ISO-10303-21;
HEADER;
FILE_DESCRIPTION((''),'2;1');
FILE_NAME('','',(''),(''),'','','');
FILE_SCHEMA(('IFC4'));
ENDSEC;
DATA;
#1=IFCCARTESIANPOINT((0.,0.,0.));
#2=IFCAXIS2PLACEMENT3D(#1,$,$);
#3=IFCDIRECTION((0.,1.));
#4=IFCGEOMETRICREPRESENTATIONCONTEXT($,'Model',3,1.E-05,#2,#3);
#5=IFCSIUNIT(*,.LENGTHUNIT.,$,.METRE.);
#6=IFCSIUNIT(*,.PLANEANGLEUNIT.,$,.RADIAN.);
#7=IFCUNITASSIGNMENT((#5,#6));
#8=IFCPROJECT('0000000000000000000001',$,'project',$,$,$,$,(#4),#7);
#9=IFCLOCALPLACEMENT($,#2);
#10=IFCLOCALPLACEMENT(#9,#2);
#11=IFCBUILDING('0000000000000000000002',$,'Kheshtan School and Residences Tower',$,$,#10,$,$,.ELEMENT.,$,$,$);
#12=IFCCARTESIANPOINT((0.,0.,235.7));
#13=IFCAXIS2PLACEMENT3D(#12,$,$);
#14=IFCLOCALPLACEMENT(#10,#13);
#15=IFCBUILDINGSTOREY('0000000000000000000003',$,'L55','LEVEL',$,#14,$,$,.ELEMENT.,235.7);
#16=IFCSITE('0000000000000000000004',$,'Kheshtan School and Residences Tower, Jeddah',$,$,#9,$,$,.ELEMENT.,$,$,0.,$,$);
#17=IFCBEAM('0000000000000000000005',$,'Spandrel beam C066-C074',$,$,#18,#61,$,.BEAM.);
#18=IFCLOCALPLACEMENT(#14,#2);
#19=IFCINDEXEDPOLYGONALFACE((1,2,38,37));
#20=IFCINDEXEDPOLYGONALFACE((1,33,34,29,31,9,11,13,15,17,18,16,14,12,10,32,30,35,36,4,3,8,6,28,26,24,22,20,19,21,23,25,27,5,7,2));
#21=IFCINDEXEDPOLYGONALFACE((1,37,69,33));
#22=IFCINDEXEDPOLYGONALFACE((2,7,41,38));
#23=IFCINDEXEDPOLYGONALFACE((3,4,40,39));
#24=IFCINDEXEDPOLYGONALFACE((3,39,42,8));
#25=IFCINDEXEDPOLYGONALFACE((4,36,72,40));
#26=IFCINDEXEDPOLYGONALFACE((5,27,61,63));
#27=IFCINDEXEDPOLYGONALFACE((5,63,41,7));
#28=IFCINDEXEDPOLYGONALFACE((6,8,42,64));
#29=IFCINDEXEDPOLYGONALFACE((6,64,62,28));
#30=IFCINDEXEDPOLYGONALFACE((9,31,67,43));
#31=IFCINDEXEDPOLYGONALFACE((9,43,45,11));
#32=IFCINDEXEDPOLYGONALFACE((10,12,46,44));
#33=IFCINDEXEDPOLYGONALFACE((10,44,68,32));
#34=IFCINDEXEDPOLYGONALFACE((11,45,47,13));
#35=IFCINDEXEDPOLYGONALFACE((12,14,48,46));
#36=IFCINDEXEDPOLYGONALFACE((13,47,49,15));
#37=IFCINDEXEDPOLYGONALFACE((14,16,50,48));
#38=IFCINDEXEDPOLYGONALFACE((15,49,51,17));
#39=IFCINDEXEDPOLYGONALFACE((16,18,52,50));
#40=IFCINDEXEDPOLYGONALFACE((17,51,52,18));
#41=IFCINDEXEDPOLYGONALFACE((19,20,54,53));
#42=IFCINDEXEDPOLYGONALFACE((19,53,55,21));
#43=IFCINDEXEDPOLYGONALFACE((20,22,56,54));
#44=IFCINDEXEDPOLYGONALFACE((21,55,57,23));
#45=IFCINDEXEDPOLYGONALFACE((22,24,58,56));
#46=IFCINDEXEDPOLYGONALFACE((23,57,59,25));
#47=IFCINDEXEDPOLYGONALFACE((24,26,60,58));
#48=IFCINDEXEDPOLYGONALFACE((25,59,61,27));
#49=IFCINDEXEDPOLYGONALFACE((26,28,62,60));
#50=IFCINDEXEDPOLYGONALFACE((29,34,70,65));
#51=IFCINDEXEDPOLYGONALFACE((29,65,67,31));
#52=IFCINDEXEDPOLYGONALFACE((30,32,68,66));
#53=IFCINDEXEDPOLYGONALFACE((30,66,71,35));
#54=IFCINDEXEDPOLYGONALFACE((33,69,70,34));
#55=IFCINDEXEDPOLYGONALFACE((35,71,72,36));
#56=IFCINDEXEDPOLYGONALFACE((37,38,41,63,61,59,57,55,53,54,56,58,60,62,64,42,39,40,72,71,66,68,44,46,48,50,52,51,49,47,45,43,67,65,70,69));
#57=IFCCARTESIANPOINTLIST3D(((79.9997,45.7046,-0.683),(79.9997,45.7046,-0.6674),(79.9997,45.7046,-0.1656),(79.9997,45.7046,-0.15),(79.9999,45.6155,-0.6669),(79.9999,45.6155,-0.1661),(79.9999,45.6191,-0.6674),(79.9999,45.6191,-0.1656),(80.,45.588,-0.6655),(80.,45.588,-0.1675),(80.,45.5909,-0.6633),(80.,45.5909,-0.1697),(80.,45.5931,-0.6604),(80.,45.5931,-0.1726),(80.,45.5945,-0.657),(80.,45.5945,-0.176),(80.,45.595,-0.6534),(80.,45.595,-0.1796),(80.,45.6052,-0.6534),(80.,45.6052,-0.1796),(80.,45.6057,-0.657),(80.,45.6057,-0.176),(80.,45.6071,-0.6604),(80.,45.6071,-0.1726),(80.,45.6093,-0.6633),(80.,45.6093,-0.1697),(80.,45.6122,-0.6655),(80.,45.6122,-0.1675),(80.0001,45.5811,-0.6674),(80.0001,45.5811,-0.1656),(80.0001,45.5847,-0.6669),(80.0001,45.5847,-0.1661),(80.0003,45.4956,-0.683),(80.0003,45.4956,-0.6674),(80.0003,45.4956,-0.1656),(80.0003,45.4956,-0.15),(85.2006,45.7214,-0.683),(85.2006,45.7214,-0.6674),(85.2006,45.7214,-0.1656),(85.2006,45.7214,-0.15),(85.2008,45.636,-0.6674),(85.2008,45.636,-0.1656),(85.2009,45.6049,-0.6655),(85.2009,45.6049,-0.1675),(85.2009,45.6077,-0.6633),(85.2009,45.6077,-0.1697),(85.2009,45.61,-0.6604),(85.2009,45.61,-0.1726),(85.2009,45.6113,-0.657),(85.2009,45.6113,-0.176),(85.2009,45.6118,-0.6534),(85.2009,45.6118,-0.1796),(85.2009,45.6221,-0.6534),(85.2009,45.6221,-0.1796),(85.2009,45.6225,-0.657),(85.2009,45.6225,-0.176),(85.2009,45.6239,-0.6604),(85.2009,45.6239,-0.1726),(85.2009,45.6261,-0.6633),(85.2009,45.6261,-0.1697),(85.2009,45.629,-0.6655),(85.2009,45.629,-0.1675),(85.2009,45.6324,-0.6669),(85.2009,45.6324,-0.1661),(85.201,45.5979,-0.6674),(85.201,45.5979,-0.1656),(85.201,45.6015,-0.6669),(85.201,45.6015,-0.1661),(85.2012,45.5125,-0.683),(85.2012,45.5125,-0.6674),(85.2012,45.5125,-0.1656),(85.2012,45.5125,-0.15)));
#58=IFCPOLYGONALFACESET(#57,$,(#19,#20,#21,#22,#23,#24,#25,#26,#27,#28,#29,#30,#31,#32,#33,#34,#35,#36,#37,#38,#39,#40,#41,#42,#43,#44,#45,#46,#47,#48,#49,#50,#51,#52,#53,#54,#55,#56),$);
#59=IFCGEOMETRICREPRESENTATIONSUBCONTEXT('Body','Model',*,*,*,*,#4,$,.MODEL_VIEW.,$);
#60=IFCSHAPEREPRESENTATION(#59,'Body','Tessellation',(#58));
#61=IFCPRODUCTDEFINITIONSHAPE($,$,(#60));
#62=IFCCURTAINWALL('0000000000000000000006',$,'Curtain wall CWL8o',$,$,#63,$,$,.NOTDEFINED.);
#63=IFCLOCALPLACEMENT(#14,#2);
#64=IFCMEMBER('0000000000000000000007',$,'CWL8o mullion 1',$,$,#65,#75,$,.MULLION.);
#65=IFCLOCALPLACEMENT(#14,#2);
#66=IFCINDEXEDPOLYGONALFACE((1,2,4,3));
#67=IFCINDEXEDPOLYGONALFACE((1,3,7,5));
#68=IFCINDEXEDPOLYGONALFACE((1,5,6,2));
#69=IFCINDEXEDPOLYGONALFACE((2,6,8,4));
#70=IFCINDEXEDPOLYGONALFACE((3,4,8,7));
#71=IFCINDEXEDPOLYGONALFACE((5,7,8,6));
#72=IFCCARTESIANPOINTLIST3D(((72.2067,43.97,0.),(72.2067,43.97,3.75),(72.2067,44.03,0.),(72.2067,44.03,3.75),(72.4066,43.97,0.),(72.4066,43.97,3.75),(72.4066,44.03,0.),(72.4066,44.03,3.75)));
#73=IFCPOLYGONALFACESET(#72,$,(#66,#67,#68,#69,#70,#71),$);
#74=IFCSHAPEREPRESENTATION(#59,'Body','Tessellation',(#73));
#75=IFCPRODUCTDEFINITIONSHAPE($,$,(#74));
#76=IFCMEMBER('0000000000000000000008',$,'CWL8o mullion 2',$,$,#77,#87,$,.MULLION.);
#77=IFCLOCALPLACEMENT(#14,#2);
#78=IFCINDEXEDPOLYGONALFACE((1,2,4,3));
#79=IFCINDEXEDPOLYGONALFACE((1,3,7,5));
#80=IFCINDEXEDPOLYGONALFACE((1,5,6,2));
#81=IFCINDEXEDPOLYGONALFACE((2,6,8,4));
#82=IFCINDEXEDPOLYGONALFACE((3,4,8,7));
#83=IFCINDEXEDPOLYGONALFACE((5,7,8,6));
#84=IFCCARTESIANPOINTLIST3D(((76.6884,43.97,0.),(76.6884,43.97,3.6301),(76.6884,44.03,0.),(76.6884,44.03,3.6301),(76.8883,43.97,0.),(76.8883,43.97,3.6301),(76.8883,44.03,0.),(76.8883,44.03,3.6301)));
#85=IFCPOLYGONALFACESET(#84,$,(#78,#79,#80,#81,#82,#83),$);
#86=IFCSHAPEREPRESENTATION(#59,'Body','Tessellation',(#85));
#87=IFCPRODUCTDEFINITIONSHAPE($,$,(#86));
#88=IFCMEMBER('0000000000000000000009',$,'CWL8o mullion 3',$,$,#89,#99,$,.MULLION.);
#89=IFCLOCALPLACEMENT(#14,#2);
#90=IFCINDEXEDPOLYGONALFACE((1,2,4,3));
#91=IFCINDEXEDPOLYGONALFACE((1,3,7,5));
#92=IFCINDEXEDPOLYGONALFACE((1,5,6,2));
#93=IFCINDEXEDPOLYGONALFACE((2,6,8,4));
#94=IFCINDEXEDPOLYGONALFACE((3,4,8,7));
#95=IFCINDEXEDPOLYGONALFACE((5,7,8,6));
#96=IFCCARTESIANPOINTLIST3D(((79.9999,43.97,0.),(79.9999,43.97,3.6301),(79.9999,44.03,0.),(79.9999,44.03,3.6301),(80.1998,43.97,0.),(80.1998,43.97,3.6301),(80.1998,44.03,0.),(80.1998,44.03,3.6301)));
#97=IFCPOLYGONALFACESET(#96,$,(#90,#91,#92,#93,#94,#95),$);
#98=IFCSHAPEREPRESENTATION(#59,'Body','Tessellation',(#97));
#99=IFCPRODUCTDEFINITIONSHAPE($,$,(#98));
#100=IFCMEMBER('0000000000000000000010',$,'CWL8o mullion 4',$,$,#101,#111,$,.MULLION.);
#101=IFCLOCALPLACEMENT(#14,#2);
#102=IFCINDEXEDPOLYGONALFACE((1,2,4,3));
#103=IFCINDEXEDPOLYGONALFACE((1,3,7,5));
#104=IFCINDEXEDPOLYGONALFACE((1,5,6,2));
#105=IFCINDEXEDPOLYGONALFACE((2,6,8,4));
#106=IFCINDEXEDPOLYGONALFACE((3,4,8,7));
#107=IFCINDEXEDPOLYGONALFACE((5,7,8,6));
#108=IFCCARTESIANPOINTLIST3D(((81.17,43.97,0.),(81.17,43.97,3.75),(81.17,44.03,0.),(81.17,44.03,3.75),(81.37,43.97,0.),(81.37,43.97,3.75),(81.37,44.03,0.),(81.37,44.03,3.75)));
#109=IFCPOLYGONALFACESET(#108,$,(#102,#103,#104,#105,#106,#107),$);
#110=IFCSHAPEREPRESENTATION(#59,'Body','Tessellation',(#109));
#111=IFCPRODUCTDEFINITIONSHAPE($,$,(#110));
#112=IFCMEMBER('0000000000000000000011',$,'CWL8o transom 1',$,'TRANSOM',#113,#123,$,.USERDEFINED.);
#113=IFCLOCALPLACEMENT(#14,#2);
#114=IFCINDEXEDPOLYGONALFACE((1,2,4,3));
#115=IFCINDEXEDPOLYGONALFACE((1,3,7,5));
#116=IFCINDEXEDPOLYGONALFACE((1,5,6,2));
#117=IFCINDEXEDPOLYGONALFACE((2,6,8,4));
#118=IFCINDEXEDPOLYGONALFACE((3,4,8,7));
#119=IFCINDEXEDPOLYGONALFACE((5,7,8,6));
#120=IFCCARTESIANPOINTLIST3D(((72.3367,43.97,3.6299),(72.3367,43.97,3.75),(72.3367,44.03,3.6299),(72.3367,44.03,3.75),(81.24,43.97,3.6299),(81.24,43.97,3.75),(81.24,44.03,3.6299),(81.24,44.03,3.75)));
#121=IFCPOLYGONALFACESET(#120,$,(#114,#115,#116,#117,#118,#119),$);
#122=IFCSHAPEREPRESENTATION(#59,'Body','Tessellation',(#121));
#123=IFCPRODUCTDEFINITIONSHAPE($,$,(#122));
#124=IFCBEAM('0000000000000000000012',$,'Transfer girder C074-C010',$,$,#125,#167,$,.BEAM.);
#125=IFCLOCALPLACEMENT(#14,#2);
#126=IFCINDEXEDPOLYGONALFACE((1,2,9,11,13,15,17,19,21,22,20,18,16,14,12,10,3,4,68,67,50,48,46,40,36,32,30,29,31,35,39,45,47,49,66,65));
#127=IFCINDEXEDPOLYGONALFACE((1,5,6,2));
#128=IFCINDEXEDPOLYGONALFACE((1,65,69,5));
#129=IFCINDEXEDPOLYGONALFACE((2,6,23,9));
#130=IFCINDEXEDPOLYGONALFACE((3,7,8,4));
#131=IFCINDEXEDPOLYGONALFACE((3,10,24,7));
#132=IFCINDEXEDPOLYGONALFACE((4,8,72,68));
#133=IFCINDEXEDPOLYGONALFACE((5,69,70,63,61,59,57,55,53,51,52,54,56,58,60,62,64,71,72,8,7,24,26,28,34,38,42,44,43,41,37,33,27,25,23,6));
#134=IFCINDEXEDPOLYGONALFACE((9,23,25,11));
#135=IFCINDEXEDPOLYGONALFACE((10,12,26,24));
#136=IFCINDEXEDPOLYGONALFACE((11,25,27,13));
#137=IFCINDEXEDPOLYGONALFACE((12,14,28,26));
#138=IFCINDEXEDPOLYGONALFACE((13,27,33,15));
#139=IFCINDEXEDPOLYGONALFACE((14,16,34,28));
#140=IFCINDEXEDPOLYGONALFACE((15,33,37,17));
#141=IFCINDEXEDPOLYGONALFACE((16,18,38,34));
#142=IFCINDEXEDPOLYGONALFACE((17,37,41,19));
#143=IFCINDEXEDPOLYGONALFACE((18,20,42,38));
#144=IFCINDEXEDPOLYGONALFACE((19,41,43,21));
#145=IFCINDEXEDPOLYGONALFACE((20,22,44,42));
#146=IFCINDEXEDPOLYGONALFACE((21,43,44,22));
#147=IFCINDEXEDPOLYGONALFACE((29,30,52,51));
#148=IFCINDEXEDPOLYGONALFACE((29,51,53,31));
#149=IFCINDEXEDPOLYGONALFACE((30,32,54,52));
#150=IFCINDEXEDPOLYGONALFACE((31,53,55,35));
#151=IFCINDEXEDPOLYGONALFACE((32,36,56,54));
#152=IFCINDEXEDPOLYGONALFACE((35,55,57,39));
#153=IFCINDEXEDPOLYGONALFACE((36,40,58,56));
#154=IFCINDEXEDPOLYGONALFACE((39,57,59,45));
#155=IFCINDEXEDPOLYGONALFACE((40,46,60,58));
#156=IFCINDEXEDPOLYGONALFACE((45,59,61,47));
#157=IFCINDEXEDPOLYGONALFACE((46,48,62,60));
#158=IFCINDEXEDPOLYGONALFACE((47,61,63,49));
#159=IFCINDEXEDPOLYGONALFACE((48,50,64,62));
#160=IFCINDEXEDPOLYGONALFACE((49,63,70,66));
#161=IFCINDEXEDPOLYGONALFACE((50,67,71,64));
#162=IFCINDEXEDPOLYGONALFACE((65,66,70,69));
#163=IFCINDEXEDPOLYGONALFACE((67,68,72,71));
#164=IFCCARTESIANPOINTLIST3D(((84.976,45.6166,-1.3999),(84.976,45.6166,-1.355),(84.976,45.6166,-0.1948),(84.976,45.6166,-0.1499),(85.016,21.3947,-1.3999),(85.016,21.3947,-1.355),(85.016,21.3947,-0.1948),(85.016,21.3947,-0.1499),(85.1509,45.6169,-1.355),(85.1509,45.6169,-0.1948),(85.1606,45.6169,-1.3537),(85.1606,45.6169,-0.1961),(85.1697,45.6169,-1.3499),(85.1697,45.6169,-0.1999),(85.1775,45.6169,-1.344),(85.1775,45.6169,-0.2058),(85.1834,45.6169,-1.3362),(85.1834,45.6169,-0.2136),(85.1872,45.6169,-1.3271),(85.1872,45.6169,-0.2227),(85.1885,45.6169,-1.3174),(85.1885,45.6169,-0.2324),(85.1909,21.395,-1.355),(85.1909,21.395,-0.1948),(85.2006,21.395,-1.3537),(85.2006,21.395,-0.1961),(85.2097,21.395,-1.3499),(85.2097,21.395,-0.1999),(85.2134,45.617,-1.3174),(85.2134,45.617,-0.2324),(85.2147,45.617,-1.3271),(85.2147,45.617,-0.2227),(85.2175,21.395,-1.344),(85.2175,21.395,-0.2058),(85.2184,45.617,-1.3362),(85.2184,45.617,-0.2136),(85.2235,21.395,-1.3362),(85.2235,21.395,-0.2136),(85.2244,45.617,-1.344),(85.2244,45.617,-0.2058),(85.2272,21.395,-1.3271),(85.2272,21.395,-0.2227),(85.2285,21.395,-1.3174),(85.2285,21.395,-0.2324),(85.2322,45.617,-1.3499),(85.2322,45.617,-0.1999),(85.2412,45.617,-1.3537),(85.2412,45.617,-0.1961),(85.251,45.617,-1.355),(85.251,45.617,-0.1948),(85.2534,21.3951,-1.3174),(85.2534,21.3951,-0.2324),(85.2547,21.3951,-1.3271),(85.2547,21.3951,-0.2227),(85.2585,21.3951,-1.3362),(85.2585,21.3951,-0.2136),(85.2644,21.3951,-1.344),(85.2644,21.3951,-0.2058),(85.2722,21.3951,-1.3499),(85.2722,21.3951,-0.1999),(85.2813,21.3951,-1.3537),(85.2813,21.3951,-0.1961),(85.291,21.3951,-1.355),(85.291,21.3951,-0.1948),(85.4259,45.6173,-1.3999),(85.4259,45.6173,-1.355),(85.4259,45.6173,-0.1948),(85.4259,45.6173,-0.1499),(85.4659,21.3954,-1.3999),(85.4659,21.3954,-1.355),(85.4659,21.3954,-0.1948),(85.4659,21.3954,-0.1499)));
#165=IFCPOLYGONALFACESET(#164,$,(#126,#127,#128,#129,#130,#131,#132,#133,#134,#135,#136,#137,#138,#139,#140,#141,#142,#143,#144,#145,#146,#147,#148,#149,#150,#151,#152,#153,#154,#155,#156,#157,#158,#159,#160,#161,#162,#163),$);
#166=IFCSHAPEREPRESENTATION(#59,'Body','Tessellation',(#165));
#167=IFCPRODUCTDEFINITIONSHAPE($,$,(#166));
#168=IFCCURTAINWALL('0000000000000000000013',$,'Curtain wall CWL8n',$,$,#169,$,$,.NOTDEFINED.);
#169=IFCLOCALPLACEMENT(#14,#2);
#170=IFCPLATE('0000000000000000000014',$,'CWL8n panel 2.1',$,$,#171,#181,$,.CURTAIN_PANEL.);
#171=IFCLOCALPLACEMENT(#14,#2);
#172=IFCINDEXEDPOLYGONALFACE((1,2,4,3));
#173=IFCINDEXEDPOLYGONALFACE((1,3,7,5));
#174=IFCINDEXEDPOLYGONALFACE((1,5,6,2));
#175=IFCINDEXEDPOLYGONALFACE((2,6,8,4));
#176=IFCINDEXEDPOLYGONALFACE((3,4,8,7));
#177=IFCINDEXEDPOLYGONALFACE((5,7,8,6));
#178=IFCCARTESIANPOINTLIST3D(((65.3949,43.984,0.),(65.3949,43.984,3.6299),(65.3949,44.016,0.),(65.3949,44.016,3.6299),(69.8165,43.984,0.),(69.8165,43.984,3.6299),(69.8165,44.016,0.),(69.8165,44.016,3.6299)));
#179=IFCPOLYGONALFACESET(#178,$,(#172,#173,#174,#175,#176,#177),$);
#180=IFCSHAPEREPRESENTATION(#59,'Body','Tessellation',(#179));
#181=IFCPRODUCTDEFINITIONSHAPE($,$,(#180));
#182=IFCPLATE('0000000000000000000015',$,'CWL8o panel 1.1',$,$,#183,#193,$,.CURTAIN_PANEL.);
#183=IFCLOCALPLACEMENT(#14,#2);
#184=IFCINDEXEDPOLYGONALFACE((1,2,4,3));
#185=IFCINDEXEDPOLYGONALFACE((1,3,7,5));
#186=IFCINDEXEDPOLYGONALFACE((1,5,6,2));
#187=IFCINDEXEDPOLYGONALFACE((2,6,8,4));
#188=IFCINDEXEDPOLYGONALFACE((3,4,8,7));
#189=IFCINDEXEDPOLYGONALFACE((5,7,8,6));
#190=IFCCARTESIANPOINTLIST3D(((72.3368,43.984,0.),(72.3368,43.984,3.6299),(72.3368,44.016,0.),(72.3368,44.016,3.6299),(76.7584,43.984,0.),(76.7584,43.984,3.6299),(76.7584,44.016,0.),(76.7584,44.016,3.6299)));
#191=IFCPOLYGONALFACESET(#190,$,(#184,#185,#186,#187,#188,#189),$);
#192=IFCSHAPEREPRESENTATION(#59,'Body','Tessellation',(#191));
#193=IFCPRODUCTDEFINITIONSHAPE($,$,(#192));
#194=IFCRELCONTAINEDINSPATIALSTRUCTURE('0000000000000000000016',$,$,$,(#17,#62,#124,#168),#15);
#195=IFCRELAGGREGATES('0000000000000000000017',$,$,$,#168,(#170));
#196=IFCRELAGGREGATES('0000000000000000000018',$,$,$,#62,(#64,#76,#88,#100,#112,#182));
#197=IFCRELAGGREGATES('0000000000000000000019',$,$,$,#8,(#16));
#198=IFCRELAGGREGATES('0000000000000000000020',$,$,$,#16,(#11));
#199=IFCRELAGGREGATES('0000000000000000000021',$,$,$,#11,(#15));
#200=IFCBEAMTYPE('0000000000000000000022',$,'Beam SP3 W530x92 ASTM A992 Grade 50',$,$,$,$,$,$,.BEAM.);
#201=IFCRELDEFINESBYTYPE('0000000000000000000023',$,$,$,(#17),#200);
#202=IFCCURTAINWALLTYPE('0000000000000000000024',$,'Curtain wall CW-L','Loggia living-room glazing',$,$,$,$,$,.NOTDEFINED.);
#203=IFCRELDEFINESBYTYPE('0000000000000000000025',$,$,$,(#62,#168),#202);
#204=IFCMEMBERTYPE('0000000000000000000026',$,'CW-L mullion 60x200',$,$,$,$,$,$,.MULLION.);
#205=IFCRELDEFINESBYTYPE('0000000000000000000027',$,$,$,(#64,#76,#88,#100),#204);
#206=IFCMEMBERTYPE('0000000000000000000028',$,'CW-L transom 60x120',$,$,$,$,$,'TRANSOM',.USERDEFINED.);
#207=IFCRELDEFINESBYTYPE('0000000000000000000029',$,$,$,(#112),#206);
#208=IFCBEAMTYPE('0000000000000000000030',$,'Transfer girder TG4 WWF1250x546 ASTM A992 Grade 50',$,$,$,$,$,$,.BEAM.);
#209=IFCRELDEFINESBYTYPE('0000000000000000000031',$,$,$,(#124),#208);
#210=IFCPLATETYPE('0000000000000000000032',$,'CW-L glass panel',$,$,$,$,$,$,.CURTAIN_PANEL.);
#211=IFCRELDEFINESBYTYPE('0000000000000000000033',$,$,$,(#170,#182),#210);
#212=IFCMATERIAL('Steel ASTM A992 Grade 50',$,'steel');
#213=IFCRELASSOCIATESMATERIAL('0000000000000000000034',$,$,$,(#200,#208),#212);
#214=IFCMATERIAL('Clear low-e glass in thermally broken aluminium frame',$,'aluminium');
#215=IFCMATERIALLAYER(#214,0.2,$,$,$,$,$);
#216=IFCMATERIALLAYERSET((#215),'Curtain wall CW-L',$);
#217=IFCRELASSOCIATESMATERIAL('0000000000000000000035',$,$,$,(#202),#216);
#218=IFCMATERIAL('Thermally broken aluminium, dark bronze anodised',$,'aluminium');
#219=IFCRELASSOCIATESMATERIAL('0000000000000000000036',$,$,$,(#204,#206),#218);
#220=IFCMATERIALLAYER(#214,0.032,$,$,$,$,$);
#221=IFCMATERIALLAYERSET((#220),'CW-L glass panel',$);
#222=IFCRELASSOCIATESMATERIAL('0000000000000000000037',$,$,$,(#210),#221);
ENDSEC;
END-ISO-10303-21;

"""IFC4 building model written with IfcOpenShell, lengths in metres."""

from ifc_helpers import new_model, si_unit, direction, frame, origin, origin_2d, place, context, subcontext, project, spatial, rectangle, i_section, extrude, material, layer, layer_set, material_profile, profile_set, type_object, element, aggregate, save


model = new_model("IFC4")

# Units and contexts
model_context = context("Model", 3, precision=1e-05, world=origin(), true_north=direction((0.0, 1.0)))
body_context = subcontext(model_context, "Body", "Model", "MODEL_VIEW")
ifc_project = project(units=[si_unit("LENGTHUNIT", "METRE"), si_unit("PLANEANGLEUNIT", "RADIAN")], contexts=[model_context])

# Site, building, storey
site_placement = place(None, origin())
site = spatial("IfcSite", under=ifc_project, at=site_placement, Name="Kheshtan School and Residences Tower, Jeddah", CompositionType="ELEMENT", RefElevation=0.0)
building_placement = place(site_placement, origin())
building = spatial("IfcBuilding", under=site, at=building_placement, Name="Kheshtan School and Residences Tower", CompositionType="ELEMENT")
storey_placement = place(building_placement, frame((0.0, 0.0, 235.7)))
storey = spatial("IfcBuildingStorey", under=building, at=storey_placement, Name="L55", Description="LEVEL", CompositionType="ELEMENT", Elevation=235.7)

# Shared definitions
ifc_material_1 = material(Name="Steel ASTM A992 Grade 50", Category="steel")

# Beam
ifc_material_profile_1 = material_profile(ifc_material_1, i_section(OverallWidth=0.209, OverallDepth=0.533, WebThickness=0.0103, FlangeThickness=0.0156, FilletRadius=0.0139, at=origin_2d()), Name="W530x92")
ifc_profile_set_1 = profile_set([ifc_material_profile_1], Name="Steel ASTM A992 Grade 50")
beam_type_1 = type_object("IfcBeamType", Name="Beam SP3 W530x92 ASTM A992 Grade 50", PredefinedType="BEAM", material=ifc_profile_set_1)
beam_1_placement = place(storey_placement, frame((80.0, 45.6001, -0.4165), z_axis=(0.999995, 0.003239, 0.0), x_axis=(-0.003239, 0.999995, 0.0)))
element("IfcBeam", 1, at=beam_1_placement, inside=storey, type_object=beam_type_1, Name="Spandrel beam C066-C074", PredefinedType="BEAM", context=body_context, shape_type="SweptSolid", body=[
    extrude(i_section(OverallWidth=0.209, OverallDepth=0.533, WebThickness=0.0103, FlangeThickness=0.0156, FilletRadius=0.0139, at=origin_2d()), origin(), (0.0, 0.0, 1.0), 5.2009),
])

# Curtain wall, members
ifc_material_2 = material(Name="Clear low-e glass in thermally broken aluminium frame", Category="aluminium")
ifc_layer_1 = layer(ifc_material_2, 0.2)
ifc_layer_set_1 = layer_set([ifc_layer_1], Name="Curtain wall CW-L")
curtain_wall_type = type_object("IfcCurtainWallType", Name="Curtain wall CW-L", Description="Loggia living-room glazing", PredefinedType="NOTDEFINED", material=ifc_layer_set_1)
curtain_wall_1_placement = place(storey_placement, origin())
curtain_wall_1 = element("IfcCurtainWall", 2, at=curtain_wall_1_placement, inside=storey, type_object=curtain_wall_type, Name="Curtain wall CWL8o", PredefinedType="NOTDEFINED")
ifc_material_3 = material(Name="Thermally broken aluminium, dark bronze anodised", Category="aluminium")
ifc_material_profile_2 = material_profile(ifc_material_3, rectangle(XDim=0.0601, YDim=0.2, at=origin_2d()), Name="CW-L mullion 60x200")
ifc_profile_set_2 = profile_set([ifc_material_profile_2], Name="Thermally broken aluminium, dark bronze anodised")
member_type_1 = type_object("IfcMemberType", Name="CW-L mullion 60x200", PredefinedType="MULLION", material=ifc_profile_set_2)
member_1_placement = place(storey_placement, frame((72.3066, 44.0, 0.0), z_axis=(0.0, 0.0, 1.0), x_axis=(0.0, 1.0, 0.0)))
member_1 = element("IfcMember", 3, at=member_1_placement, type_object=member_type_1, Name="CWL8o mullion 1", PredefinedType="MULLION", context=body_context, shape_type="SweptSolid", body=[
    extrude(rectangle(XDim=0.0601, YDim=0.2, at=origin_2d()), origin(), (0.0, 0.0, 1.0), 3.75),
])
member_2_placement = place(storey_placement, frame((76.7883, 44.0, 0.0), z_axis=(0.0, 0.0, 1.0), x_axis=(0.0, 1.0, 0.0)))
member_2 = element("IfcMember", 4, at=member_2_placement, type_object=member_type_1, Name="CWL8o mullion 2", PredefinedType="MULLION", context=body_context, shape_type="SweptSolid", body=[
    extrude(rectangle(XDim=0.0601, YDim=0.2, at=origin_2d()), origin(), (0.0, 0.0, 1.0), 3.6301),
])
member_3_placement = place(storey_placement, frame((80.0999, 44.0, 0.0), z_axis=(0.0, 0.0, 1.0), x_axis=(0.0, 1.0, 0.0)))
member_3 = element("IfcMember", 5, at=member_3_placement, type_object=member_type_1, Name="CWL8o mullion 3", PredefinedType="MULLION", context=body_context, shape_type="SweptSolid", body=[
    extrude(rectangle(XDim=0.0601, YDim=0.2, at=origin_2d()), origin(), (0.0, 0.0, 1.0), 3.6301),
])
member_4_placement = place(storey_placement, frame((81.27, 44.0, 0.0), z_axis=(0.0, 0.0, 1.0), x_axis=(0.0, 1.0, 0.0)))
member_4 = element("IfcMember", 6, at=member_4_placement, type_object=member_type_1, Name="CWL8o mullion 4", PredefinedType="MULLION", context=body_context, shape_type="SweptSolid", body=[
    extrude(rectangle(XDim=0.0601, YDim=0.2, at=origin_2d()), origin(), (0.0, 0.0, 1.0), 3.75),
])
ifc_material_profile_3 = material_profile(ifc_material_3, rectangle(XDim=0.0601, YDim=0.1201, at=origin_2d()), Name="CW-L transom 60x120")
ifc_profile_set_3 = profile_set([ifc_material_profile_3], Name="Thermally broken aluminium, dark bronze anodised")
member_type_2 = type_object("IfcMemberType", Name="CW-L transom 60x120", ElementType="TRANSOM", PredefinedType="USERDEFINED", material=ifc_profile_set_3)
member_5_placement = place(storey_placement, frame((72.3367, 44.0, 3.6899), z_axis=(1.0, 0.0, 0.0), x_axis=(0.0, 1.0, 0.0)))
member_5 = element("IfcMember", 7, at=member_5_placement, type_object=member_type_2, Name="CWL8o transom 1", ObjectType="TRANSOM", PredefinedType="USERDEFINED", context=body_context, shape_type="SweptSolid", body=[
    extrude(rectangle(XDim=0.0601, YDim=0.1201, at=origin_2d()), origin(), (0.0, 0.0, 1.0), 8.9033),
])

# Beam
ifc_material_profile_4 = material_profile(ifc_material_1, i_section(OverallWidth=0.45, OverallDepth=1.25, WebThickness=0.0249, FlangeThickness=0.0449, FilletRadius=0.0376, at=origin_2d()), Name="WWF1250x546")
ifc_profile_set_4 = profile_set([ifc_material_profile_4], Name="Steel ASTM A992 Grade 50")
beam_type_2 = type_object("IfcBeamType", Name="Transfer girder TG4 WWF1250x546 ASTM A992 Grade 50", PredefinedType="BEAM", material=ifc_profile_set_4)
beam_2_placement = place(storey_placement, frame((85.2009, 45.6169, -0.7749), z_axis=(0.001653, -0.999999, 0.0), x_axis=(0.999999, 0.001653, 0.0)))
element("IfcBeam", 8, at=beam_2_placement, inside=storey, type_object=beam_type_2, Name="Transfer girder C074-C010", PredefinedType="BEAM", context=body_context, shape_type="SweptSolid", body=[
    extrude(i_section(OverallWidth=0.45, OverallDepth=1.25, WebThickness=0.0249, FlangeThickness=0.0449, FilletRadius=0.0376, at=origin_2d()), origin(), (0.0, 0.0, 1.0), 24.2219),
])

# Curtain wall, plate
curtain_wall_2_placement = place(storey_placement, origin())
curtain_wall_2 = element("IfcCurtainWall", 9, at=curtain_wall_2_placement, inside=storey, type_object=curtain_wall_type, Name="Curtain wall CWL8n", PredefinedType="NOTDEFINED")
ifc_layer_2 = layer(ifc_material_2, 0.032)
ifc_layer_set_2 = layer_set([ifc_layer_2], Name="CW-L glass panel")
plate_type = type_object("IfcPlateType", Name="CW-L glass panel", PredefinedType="CURTAIN_PANEL", material=ifc_layer_set_2)
plate_1_placement = place(storey_placement, frame((67.6057, 44.0, 0.0), z_axis=(0.0, 0.0, 1.0), x_axis=(1.0, 0.0, 0.0)))
plate_1 = element("IfcPlate", 10, at=plate_1_placement, type_object=plate_type, Name="CWL8n panel 2.1", PredefinedType="CURTAIN_PANEL", context=body_context, shape_type="SweptSolid", body=[
    extrude(rectangle(XDim=4.4216, YDim=0.032, at=origin_2d()), origin(), (0.0, 0.0, 1.0), 3.6299),
])
aggregate(curtain_wall_2, [plate_1])

# Plate
plate_2_placement = place(storey_placement, frame((74.5476, 44.0, 0.0), z_axis=(0.0, 0.0, 1.0), x_axis=(1.0, 0.0, 0.0)))
plate_2 = element("IfcPlate", 11, at=plate_2_placement, type_object=plate_type, Name="CWL8o panel 1.1", PredefinedType="CURTAIN_PANEL", context=body_context, shape_type="SweptSolid", body=[
    extrude(rectangle(XDim=4.4216, YDim=0.032, at=origin_2d()), origin(), (0.0, 0.0, 1.0), 3.6299),
])
aggregate(curtain_wall_1, [member_1, member_2, member_3, member_4, member_5, plate_2])

save(model, "model.ifc")
